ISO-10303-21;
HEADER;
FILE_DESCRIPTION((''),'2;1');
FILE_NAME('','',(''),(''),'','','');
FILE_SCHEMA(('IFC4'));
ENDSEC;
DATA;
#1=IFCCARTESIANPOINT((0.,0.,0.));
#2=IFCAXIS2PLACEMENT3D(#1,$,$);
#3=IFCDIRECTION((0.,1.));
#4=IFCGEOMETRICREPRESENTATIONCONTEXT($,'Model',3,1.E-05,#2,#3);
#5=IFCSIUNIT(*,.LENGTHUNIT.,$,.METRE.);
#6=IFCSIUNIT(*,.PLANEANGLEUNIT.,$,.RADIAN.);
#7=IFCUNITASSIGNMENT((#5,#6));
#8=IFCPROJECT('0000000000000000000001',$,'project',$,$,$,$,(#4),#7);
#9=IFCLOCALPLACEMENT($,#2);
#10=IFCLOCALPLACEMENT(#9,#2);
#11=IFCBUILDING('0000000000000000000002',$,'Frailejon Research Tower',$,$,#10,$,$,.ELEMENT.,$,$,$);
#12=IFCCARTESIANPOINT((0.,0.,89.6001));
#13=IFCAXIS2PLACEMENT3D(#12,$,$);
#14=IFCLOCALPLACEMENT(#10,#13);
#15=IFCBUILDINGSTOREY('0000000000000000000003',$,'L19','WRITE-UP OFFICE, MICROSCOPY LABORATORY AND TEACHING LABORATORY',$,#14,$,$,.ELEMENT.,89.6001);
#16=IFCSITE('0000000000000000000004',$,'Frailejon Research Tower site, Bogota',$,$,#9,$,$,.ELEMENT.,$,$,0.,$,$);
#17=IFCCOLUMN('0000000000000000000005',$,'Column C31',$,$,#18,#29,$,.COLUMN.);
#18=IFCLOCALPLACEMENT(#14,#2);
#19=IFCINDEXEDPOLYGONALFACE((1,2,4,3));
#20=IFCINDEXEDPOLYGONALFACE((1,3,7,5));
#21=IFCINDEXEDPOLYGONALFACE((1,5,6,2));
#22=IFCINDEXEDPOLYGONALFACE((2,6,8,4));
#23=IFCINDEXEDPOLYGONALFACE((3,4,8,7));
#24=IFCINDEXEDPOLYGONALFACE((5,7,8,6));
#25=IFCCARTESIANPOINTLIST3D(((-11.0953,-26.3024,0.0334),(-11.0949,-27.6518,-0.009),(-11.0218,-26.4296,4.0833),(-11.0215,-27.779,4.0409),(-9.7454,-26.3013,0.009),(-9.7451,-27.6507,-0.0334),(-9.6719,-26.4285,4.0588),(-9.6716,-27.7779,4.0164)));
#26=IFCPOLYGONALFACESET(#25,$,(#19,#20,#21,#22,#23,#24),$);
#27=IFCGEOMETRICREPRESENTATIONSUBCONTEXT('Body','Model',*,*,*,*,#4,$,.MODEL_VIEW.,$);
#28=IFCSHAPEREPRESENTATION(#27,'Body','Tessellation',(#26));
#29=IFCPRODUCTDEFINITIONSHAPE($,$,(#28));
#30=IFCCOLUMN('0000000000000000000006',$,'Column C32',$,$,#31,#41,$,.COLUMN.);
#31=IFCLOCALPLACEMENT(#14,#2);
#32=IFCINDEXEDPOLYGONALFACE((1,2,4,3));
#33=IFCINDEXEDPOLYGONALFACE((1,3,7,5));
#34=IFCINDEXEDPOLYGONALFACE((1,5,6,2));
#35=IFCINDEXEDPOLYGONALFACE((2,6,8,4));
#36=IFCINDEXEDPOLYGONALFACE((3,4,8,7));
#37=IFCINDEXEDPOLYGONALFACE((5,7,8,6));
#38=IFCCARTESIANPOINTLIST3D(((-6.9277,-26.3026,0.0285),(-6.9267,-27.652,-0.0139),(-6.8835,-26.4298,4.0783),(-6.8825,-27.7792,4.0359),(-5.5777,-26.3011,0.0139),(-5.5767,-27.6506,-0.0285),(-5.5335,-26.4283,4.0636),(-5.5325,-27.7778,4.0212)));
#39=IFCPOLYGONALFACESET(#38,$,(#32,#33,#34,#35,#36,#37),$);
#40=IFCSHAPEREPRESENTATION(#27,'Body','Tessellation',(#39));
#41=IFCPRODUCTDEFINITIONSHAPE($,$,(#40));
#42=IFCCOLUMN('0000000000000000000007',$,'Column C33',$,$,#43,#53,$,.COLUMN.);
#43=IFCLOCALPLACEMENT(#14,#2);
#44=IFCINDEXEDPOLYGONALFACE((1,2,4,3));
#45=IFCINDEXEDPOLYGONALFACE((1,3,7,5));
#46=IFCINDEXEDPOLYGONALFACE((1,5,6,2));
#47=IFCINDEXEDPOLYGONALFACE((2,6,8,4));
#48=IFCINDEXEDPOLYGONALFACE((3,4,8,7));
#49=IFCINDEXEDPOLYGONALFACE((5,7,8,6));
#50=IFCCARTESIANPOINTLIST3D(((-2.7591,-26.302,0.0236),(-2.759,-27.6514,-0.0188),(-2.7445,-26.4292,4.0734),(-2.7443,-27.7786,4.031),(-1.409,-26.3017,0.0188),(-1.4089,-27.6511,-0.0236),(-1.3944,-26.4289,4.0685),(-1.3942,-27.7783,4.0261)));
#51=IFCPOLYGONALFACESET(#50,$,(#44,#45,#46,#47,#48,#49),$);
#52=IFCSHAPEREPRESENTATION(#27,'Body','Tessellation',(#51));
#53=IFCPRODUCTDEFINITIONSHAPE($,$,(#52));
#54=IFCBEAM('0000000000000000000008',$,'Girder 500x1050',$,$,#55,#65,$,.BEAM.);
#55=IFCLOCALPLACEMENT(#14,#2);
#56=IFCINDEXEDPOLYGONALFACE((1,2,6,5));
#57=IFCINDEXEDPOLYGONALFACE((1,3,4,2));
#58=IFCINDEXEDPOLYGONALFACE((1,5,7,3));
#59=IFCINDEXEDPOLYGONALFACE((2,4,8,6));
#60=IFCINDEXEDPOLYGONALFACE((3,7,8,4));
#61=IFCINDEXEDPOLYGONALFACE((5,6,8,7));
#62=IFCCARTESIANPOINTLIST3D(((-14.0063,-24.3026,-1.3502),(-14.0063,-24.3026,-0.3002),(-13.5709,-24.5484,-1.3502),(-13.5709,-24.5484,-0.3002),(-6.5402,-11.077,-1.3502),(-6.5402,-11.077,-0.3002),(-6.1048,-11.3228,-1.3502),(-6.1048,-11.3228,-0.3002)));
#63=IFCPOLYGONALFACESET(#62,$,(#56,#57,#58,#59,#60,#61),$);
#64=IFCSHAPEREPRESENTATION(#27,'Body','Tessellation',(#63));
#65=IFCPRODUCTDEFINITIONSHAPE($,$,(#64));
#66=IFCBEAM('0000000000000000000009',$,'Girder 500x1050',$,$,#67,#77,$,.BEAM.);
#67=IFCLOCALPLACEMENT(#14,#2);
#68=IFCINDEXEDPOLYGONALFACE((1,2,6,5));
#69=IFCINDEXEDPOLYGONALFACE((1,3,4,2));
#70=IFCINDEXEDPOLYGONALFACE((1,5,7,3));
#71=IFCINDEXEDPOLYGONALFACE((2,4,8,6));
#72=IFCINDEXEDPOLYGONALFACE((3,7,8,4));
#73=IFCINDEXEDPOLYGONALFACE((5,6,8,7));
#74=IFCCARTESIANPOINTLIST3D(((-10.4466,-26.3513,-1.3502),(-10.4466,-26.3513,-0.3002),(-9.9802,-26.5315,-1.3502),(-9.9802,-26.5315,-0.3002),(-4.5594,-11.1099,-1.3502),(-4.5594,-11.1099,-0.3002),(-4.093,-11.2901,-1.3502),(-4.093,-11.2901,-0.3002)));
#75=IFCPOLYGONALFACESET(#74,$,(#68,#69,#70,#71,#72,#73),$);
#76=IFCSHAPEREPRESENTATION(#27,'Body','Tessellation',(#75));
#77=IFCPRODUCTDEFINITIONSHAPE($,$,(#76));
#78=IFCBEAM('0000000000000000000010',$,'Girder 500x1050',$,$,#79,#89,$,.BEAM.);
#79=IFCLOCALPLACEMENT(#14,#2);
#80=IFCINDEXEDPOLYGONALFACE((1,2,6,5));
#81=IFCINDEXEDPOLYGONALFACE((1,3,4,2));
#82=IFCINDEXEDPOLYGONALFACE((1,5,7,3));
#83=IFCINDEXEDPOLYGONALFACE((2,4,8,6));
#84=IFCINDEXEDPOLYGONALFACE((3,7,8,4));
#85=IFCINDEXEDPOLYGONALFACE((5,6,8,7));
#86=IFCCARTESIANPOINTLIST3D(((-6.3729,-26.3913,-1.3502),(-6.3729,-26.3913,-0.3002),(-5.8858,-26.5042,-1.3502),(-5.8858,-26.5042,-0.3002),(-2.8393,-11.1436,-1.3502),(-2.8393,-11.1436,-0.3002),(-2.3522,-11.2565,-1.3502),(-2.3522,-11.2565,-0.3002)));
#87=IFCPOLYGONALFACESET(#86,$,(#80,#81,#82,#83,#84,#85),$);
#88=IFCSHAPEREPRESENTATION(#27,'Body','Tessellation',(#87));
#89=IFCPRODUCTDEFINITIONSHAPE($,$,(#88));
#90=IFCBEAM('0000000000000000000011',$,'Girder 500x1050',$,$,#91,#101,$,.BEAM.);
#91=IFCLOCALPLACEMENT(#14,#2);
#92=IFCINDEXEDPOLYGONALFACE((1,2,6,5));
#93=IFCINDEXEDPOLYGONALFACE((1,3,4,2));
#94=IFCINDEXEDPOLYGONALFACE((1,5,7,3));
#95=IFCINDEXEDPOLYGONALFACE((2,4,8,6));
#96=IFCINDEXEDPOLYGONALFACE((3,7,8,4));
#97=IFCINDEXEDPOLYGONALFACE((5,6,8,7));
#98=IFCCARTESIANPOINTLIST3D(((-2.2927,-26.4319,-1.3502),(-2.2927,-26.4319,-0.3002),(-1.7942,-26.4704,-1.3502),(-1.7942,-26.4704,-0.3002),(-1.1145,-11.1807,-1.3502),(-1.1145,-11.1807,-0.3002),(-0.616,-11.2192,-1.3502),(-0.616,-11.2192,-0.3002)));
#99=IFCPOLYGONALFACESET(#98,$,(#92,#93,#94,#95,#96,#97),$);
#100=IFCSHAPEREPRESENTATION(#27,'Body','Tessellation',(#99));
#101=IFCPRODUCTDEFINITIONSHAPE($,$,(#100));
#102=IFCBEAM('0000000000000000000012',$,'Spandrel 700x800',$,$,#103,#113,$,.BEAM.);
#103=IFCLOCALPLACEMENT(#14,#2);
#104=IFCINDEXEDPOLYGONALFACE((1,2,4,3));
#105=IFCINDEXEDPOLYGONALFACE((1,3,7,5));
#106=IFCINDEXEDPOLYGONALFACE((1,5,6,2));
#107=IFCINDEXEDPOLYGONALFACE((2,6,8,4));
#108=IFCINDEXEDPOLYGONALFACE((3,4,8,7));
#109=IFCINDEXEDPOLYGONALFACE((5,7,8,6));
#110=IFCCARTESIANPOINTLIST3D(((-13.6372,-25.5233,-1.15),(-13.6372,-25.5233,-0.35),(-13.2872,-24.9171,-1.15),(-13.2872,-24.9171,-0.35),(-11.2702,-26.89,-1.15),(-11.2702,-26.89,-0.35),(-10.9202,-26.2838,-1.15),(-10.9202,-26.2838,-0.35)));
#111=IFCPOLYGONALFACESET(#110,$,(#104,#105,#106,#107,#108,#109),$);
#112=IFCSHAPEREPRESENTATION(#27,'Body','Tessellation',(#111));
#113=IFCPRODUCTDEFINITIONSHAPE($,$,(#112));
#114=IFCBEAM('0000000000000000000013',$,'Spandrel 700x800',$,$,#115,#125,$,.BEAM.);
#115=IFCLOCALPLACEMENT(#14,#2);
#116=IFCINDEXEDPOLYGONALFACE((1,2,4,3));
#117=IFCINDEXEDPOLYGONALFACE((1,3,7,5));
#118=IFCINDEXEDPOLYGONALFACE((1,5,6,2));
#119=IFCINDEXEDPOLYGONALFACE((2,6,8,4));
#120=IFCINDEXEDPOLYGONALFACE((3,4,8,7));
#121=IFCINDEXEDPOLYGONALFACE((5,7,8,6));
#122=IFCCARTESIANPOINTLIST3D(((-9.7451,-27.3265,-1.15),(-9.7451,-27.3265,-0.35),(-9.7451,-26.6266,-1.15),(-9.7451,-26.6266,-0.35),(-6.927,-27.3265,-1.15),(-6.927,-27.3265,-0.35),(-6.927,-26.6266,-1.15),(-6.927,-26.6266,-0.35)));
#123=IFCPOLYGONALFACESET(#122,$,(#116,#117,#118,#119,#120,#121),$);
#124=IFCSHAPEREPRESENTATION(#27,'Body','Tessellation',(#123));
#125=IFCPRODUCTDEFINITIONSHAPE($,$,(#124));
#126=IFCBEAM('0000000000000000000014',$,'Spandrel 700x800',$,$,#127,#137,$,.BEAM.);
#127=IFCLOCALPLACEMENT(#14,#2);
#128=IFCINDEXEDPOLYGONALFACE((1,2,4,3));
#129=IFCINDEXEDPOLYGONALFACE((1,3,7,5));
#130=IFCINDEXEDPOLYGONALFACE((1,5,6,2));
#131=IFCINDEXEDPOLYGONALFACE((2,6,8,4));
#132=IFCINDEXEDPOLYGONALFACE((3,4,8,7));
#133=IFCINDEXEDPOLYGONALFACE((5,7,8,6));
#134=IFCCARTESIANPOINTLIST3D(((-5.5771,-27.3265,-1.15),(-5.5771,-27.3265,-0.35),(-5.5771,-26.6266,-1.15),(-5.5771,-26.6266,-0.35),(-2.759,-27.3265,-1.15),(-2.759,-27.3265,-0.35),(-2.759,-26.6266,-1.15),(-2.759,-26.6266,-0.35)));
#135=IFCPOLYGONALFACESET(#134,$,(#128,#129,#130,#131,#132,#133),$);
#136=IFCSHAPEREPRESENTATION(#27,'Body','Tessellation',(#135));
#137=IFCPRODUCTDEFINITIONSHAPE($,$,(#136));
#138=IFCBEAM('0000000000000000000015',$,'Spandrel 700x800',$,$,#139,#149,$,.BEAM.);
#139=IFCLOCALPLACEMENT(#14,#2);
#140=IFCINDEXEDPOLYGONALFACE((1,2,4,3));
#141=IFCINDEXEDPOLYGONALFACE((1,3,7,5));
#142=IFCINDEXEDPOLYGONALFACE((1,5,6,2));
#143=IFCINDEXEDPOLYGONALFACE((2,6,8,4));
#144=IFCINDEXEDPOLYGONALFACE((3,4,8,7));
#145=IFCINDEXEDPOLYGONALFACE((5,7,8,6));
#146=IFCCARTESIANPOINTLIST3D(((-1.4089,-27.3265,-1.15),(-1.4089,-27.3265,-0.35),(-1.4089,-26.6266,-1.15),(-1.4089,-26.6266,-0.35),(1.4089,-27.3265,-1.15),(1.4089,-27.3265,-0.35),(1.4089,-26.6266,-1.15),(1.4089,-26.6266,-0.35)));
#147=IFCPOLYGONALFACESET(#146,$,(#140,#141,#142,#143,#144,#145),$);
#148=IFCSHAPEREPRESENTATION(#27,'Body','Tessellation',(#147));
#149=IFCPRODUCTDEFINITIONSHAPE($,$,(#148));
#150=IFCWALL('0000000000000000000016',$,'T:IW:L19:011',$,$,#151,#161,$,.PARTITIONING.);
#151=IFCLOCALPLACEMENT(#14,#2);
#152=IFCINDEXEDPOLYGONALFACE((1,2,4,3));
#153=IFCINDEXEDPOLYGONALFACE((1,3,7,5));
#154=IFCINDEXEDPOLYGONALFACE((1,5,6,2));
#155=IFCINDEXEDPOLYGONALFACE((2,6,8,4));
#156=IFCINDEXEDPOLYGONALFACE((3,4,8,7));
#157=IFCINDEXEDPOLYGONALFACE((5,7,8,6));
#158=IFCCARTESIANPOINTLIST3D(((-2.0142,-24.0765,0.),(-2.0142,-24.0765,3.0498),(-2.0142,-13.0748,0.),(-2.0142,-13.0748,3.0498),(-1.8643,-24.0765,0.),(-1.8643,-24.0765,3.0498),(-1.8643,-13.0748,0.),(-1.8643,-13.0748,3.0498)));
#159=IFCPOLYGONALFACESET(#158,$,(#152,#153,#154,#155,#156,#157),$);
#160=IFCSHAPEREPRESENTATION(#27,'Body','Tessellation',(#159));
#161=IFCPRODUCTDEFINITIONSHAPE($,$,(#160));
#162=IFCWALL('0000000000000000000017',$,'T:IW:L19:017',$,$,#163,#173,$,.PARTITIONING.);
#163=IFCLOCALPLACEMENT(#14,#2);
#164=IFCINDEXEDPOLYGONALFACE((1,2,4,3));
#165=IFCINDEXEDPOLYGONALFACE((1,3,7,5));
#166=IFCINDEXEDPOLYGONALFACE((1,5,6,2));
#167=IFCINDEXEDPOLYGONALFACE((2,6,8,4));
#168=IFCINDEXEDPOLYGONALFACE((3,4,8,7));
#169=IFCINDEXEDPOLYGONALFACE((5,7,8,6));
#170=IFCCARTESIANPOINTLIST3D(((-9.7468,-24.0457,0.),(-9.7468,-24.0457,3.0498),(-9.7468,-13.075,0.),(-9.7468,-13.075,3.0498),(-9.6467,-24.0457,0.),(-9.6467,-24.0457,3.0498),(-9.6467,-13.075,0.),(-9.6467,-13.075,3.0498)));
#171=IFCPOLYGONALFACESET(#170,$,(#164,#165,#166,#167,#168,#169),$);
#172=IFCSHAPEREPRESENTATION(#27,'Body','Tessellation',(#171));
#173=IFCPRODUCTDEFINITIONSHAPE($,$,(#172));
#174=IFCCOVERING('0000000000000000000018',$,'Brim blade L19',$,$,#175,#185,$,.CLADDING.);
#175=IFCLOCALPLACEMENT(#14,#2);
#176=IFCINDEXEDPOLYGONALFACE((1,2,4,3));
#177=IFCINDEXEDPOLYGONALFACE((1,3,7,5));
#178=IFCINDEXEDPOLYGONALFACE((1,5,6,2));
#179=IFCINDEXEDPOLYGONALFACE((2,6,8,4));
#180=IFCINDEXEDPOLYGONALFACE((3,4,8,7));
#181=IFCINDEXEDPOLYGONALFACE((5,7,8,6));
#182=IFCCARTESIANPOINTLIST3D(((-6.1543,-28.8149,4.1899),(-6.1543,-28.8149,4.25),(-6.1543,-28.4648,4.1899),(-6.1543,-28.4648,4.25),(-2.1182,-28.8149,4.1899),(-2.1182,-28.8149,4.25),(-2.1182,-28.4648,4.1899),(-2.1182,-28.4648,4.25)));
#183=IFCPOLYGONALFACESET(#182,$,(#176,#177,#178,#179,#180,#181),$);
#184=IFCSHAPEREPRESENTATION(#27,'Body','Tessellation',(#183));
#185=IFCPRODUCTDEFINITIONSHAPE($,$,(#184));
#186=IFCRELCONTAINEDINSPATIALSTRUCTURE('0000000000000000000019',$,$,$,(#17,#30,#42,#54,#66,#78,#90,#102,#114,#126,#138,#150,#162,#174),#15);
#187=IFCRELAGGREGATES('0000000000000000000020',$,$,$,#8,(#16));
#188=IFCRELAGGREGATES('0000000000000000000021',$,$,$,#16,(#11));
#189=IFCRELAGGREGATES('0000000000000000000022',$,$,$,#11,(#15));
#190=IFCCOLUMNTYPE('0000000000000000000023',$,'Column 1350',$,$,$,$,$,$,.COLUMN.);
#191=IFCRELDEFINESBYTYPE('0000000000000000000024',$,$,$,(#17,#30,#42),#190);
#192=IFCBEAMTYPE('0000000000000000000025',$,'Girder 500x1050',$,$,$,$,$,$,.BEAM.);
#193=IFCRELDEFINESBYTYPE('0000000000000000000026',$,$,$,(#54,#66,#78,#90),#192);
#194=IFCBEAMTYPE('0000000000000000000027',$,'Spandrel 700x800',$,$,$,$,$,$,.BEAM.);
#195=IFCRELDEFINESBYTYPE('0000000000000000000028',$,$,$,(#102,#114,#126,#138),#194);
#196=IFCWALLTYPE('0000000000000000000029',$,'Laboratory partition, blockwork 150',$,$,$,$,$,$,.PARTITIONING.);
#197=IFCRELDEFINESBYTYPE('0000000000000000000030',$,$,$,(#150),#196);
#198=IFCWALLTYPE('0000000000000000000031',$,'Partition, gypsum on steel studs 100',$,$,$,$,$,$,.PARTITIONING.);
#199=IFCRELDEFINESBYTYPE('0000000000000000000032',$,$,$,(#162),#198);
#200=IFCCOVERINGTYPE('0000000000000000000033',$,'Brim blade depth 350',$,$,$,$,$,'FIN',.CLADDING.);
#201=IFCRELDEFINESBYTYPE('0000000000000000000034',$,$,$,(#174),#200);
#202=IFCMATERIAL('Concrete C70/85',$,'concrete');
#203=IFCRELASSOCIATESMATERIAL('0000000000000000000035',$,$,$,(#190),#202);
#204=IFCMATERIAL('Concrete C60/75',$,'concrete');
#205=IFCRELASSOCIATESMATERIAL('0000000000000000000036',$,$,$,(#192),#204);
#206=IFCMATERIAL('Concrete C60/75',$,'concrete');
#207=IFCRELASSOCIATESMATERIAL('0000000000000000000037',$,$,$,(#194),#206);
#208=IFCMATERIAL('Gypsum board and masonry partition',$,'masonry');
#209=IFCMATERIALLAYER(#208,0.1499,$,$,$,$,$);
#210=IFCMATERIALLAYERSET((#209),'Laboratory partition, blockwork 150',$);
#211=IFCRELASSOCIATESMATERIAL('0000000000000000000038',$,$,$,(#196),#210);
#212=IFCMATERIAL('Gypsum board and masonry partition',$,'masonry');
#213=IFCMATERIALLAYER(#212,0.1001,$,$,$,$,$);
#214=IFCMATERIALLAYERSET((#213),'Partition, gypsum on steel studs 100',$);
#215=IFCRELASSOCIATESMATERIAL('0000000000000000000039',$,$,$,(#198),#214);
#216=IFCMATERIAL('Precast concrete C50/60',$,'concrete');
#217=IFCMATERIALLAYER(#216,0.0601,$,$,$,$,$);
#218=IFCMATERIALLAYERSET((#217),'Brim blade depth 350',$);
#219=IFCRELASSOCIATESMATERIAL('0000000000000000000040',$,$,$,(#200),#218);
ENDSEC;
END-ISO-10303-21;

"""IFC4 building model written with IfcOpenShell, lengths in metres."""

from ifc_helpers import new_model, si_unit, direction, frame, frame_2d, origin, origin_2d, place, context, subcontext, project, spatial, polyline, rectangle, outline, extrude, material, layer, layer_set, material_profile, profile_set, type_object, element, save


model = new_model("IFC4")

# Units and contexts
model_context = context("Model", 3, precision=1e-05, world=origin(), true_north=direction((0.0, 1.0)))
body_context = subcontext(model_context, "Body", "Model", "MODEL_VIEW")
ifc_project = project(units=[si_unit("LENGTHUNIT", "METRE"), si_unit("PLANEANGLEUNIT", "RADIAN")], contexts=[model_context])

# Site, building, storey
site_placement = place(None, origin())
site = spatial("IfcSite", under=ifc_project, at=site_placement, Name="Frailejon Research Tower site, Bogota", CompositionType="ELEMENT", RefElevation=0.0)
building_placement = place(site_placement, origin())
building = spatial("IfcBuilding", under=site, at=building_placement, Name="Frailejon Research Tower", CompositionType="ELEMENT")
storey_placement = place(building_placement, frame((0.0, 0.0, 89.6001)))
storey = spatial("IfcBuildingStorey", under=building, at=storey_placement, Name="L19", Description="WRITE-UP OFFICE, MICROSCOPY LABORATORY AND TEACHING LABORATORY", CompositionType="ELEMENT", Elevation=89.6001)

# Columns
ifc_material_1 = material(Name="Concrete C70/85", Category="concrete")
ifc_material_profile_1 = material_profile(ifc_material_1, rectangle(XDim=1.3501, YDim=1.3501, at=origin_2d()), Name="Column 1350")
ifc_profile_set_1 = profile_set([ifc_material_profile_1], Name="Concrete C70/85")
column_type = type_object("IfcColumnType", Name="Column 1350", PredefinedType="COLUMN", material=ifc_profile_set_1)
column_1_placement = place(storey_placement, frame((-10.4202, -26.9766, 0.0), z_axis=(0.018134, -0.031388, 0.999343), x_axis=(0.999836, 0.000802, -0.018117)))
element("IfcColumn", 1, at=column_1_placement, inside=storey, type_object=column_type, Name="Column C31", PredefinedType="COLUMN", context=body_context, shape_type="SweptSolid", body=[
    extrude(rectangle(XDim=1.3501, YDim=1.3501, at=origin_2d()), origin(), (0.0, 0.0, 1.0), 4.0525),
])
column_2_placement = place(storey_placement, frame((-6.2522, -26.9766, 0.0), z_axis=(0.010905, -0.031391, 0.999448), x_axis=(0.99994, 0.001064, -0.010877)))
element("IfcColumn", 2, at=column_2_placement, inside=storey, type_object=column_type, Name="Column C32", PredefinedType="COLUMN", context=body_context, shape_type="SweptSolid", body=[
    extrude(rectangle(XDim=1.3501, YDim=1.3501, at=origin_2d()), origin(), (0.0, 0.0, 1.0), 4.052),
])
column_3_placement = place(storey_placement, frame((-2.084, -26.9766, 0.0), z_axis=(0.003615, -0.031393, 0.999501), x_axis=(0.999993, 0.000225, -0.00361)))
element("IfcColumn", 3, at=column_3_placement, inside=storey, type_object=column_type, Name="Column C33", PredefinedType="COLUMN", context=body_context, shape_type="SweptSolid", body=[
    extrude(rectangle(XDim=1.3501, YDim=1.3501, at=origin_2d()), origin(), (0.0, 0.0, 1.0), 4.0518),
])

# Beams
ifc_material_2 = material(Name="Concrete C60/75", Category="concrete")
ifc_material_profile_2 = material_profile(ifc_material_2, rectangle(XDim=0.5, YDim=1.05, at=origin_2d()), Name="Girder 500x1050")
ifc_profile_set_2 = profile_set([ifc_material_profile_2], Name="Concrete C60/75")
beam_type_1 = type_object("IfcBeamType", Name="Girder 500x1050", PredefinedType="BEAM", material=ifc_profile_set_2)
beam_1_placement = place(storey_placement, frame((-13.7886, -24.4255, -0.8252), z_axis=(0.491595, 0.870824, 0.0), x_axis=(-0.870824, 0.491595, 0.0)))
element("IfcBeam", 4, at=beam_1_placement, inside=storey, type_object=beam_type_1, Name="Girder 500x1050", PredefinedType="BEAM", context=body_context, shape_type="SweptSolid", body=[
    extrude(rectangle(XDim=0.5, YDim=1.05, at=origin_2d()), origin(), (0.0, 0.0, 1.0), 15.1875),
])
beam_2_placement = place(storey_placement, frame((-10.2134, -26.4414, -0.8252), z_axis=(0.360317, 0.93283, 0.0), x_axis=(-0.93283, 0.360317, 0.0)))
element("IfcBeam", 5, at=beam_2_placement, inside=storey, type_object=beam_type_1, Name="Girder 500x1050", PredefinedType="BEAM", context=body_context, shape_type="SweptSolid", body=[
    extrude(rectangle(XDim=0.5, YDim=1.05, at=origin_2d()), origin(), (0.0, 0.0, 1.0), 16.3389),
])
beam_3_placement = place(storey_placement, frame((-6.1294, -26.4478, -0.8252), z_axis=(0.225767, 0.974181, 0.0), x_axis=(-0.974181, 0.225767, 0.0)))
element("IfcBeam", 6, at=beam_3_placement, inside=storey, type_object=beam_type_1, Name="Girder 500x1050", PredefinedType="BEAM", context=body_context, shape_type="SweptSolid", body=[
    extrude(rectangle(XDim=0.5, YDim=1.05, at=origin_2d()), origin(), (0.0, 0.0, 1.0), 15.6519),
])
beam_4_placement = place(storey_placement, frame((-2.0435, -26.4512, -0.8252), z_axis=(0.077025, 0.997029, 0.0), x_axis=(-0.997029, 0.077025, 0.0)))
element("IfcBeam", 7, at=beam_4_placement, inside=storey, type_object=beam_type_1, Name="Girder 500x1050", PredefinedType="BEAM", context=body_context, shape_type="SweptSolid", body=[
    extrude(rectangle(XDim=0.5, YDim=1.05, at=origin_2d()), origin(), (0.0, 0.0, 1.0), 15.2966),
])
ifc_material_3 = material(Name="Concrete C60/75", Category="concrete")
ifc_material_profile_3 = material_profile(ifc_material_3, rectangle(XDim=0.7, YDim=0.8, at=origin_2d()), Name="Spandrel 700x800")
ifc_profile_set_3 = profile_set([ifc_material_profile_3], Name="Concrete C60/75")
beam_type_2 = type_object("IfcBeamType", Name="Spandrel 700x800", PredefinedType="BEAM", material=ifc_profile_set_3)
beam_5_placement = place(storey_placement, frame((-13.4622, -25.2202, -0.75), z_axis=(0.866003, -0.500039, 0.0), x_axis=(0.500039, 0.866003, 0.0)))
element("IfcBeam", 8, at=beam_5_placement, inside=storey, type_object=beam_type_2, Name="Spandrel 700x800", PredefinedType="BEAM", context=body_context, shape_type="SweptSolid", body=[
    extrude(rectangle(XDim=0.7, YDim=0.8, at=origin_2d()), origin(), (0.0, 0.0, 1.0), 2.7332),
])
for number, where, z_axis, x_axis, name in (
    (9, (-9.7451, -26.9766, -0.75), (1.0, 0.0, 0.0), (0.0, 1.0, 0.0), "Spandrel 700x800"),
    (10, (-5.5771, -26.9766, -0.75), (1.0, 0.0, 0.0), (0.0, 1.0, 0.0), "Spandrel 700x800"),
):
    element("IfcBeam", number, at=place(storey_placement, frame(where, z_axis=z_axis, x_axis=x_axis)), inside=storey, type_object=beam_type_2, Name=name, PredefinedType="BEAM", context=body_context, shape_type="SweptSolid", body=[
        extrude(rectangle(XDim=0.7, YDim=0.8, at=origin_2d()), origin(), (0.0, 0.0, 1.0), 2.8181),
    ])
beam_6_placement = place(storey_placement, frame((-1.4089, -26.9766, -0.75), z_axis=(1.0, 0.0, 0.0), x_axis=(0.0, 1.0, 0.0)))
element("IfcBeam", 11, at=beam_6_placement, inside=storey, type_object=beam_type_2, Name="Spandrel 700x800", PredefinedType="BEAM", context=body_context, shape_type="SweptSolid", body=[
    extrude(rectangle(XDim=0.7, YDim=0.8, at=origin_2d()), origin(), (0.0, 0.0, 1.0), 2.8179),
])

# Walls
ifc_material_4 = material(Name="Gypsum board and masonry partition", Category="masonry")
ifc_layer_1 = layer(ifc_material_4, 0.1499)
ifc_layer_set_1 = layer_set([ifc_layer_1], Name="Laboratory partition, blockwork 150")
wall_type_1 = type_object("IfcWallType", Name="Laboratory partition, blockwork 150", PredefinedType="PARTITIONING", material=ifc_layer_set_1)
wall_1_placement = place(storey_placement, frame((-1.9392, -24.0767, 0.0), z_axis=(0.0, 0.0, 1.0), x_axis=(0.0, 1.0, 0.0)))
element("IfcWall", 12, at=wall_1_placement, inside=storey, type_object=wall_type_1, Name="T:IW:L19:011", PredefinedType="PARTITIONING", context=body_context, shape_type="SweptSolid", body=[
    extrude(rectangle(XDim=11.0017, YDim=0.1499, at=frame_2d((5.501, 0.0))), origin(), (0.0, 0.0, 1.0), 3.0498),
])
ifc_material_5 = material(Name="Gypsum board and masonry partition", Category="masonry")
ifc_layer_2 = layer(ifc_material_5, 0.1001)
ifc_layer_set_2 = layer_set([ifc_layer_2], Name="Partition, gypsum on steel studs 100")
wall_type_2 = type_object("IfcWallType", Name="Partition, gypsum on steel studs 100", PredefinedType="PARTITIONING", material=ifc_layer_set_2)
wall_2_placement = place(storey_placement, frame((-9.6968, -24.0457, 0.0), z_axis=(0.0, 0.0, 1.0), x_axis=(0.0, 1.0, 0.0)))
element("IfcWall", 13, at=wall_2_placement, inside=storey, type_object=wall_type_2, Name="T:IW:L19:017", PredefinedType="PARTITIONING", context=body_context, shape_type="SweptSolid", body=[
    extrude(rectangle(XDim=10.9707, YDim=0.1001, at=frame_2d((5.4854, 0.0))), origin(), (0.0, 0.0, 1.0), 3.0498),
])

# Covering
ifc_material_6 = material(Name="Precast concrete C50/60", Category="concrete")
ifc_layer_3 = layer(ifc_material_6, 0.0601)
ifc_layer_set_3 = layer_set([ifc_layer_3], Name="Brim blade depth 350")
covering_type_1 = type_object("IfcCoveringType", Name="Brim blade depth 350", ElementType="FIN", PredefinedType="CLADDING", material=ifc_layer_set_3)
covering_1_placement = place(storey_placement, frame((-2.1182, -28.4648, 4.25), z_axis=(-1.0, 0.0, 0.0), x_axis=(0.0, -1.0, 0.0)))
element("IfcCovering", 14, at=covering_1_placement, inside=storey, type_object=covering_type_1, Name="Brim blade L19", PredefinedType="CLADDING", context=body_context, shape_type="SweptSolid", body=[
    extrude(outline(polyline([(0.0, -0.0601), (0.3501, -0.0601), (0.3501, 0.0), (0.0, 0.0), (0.0, -0.0601)])), origin(), (0.0, 0.0, 1.0), 4.0361),
])

save(model, "model.ifc")
